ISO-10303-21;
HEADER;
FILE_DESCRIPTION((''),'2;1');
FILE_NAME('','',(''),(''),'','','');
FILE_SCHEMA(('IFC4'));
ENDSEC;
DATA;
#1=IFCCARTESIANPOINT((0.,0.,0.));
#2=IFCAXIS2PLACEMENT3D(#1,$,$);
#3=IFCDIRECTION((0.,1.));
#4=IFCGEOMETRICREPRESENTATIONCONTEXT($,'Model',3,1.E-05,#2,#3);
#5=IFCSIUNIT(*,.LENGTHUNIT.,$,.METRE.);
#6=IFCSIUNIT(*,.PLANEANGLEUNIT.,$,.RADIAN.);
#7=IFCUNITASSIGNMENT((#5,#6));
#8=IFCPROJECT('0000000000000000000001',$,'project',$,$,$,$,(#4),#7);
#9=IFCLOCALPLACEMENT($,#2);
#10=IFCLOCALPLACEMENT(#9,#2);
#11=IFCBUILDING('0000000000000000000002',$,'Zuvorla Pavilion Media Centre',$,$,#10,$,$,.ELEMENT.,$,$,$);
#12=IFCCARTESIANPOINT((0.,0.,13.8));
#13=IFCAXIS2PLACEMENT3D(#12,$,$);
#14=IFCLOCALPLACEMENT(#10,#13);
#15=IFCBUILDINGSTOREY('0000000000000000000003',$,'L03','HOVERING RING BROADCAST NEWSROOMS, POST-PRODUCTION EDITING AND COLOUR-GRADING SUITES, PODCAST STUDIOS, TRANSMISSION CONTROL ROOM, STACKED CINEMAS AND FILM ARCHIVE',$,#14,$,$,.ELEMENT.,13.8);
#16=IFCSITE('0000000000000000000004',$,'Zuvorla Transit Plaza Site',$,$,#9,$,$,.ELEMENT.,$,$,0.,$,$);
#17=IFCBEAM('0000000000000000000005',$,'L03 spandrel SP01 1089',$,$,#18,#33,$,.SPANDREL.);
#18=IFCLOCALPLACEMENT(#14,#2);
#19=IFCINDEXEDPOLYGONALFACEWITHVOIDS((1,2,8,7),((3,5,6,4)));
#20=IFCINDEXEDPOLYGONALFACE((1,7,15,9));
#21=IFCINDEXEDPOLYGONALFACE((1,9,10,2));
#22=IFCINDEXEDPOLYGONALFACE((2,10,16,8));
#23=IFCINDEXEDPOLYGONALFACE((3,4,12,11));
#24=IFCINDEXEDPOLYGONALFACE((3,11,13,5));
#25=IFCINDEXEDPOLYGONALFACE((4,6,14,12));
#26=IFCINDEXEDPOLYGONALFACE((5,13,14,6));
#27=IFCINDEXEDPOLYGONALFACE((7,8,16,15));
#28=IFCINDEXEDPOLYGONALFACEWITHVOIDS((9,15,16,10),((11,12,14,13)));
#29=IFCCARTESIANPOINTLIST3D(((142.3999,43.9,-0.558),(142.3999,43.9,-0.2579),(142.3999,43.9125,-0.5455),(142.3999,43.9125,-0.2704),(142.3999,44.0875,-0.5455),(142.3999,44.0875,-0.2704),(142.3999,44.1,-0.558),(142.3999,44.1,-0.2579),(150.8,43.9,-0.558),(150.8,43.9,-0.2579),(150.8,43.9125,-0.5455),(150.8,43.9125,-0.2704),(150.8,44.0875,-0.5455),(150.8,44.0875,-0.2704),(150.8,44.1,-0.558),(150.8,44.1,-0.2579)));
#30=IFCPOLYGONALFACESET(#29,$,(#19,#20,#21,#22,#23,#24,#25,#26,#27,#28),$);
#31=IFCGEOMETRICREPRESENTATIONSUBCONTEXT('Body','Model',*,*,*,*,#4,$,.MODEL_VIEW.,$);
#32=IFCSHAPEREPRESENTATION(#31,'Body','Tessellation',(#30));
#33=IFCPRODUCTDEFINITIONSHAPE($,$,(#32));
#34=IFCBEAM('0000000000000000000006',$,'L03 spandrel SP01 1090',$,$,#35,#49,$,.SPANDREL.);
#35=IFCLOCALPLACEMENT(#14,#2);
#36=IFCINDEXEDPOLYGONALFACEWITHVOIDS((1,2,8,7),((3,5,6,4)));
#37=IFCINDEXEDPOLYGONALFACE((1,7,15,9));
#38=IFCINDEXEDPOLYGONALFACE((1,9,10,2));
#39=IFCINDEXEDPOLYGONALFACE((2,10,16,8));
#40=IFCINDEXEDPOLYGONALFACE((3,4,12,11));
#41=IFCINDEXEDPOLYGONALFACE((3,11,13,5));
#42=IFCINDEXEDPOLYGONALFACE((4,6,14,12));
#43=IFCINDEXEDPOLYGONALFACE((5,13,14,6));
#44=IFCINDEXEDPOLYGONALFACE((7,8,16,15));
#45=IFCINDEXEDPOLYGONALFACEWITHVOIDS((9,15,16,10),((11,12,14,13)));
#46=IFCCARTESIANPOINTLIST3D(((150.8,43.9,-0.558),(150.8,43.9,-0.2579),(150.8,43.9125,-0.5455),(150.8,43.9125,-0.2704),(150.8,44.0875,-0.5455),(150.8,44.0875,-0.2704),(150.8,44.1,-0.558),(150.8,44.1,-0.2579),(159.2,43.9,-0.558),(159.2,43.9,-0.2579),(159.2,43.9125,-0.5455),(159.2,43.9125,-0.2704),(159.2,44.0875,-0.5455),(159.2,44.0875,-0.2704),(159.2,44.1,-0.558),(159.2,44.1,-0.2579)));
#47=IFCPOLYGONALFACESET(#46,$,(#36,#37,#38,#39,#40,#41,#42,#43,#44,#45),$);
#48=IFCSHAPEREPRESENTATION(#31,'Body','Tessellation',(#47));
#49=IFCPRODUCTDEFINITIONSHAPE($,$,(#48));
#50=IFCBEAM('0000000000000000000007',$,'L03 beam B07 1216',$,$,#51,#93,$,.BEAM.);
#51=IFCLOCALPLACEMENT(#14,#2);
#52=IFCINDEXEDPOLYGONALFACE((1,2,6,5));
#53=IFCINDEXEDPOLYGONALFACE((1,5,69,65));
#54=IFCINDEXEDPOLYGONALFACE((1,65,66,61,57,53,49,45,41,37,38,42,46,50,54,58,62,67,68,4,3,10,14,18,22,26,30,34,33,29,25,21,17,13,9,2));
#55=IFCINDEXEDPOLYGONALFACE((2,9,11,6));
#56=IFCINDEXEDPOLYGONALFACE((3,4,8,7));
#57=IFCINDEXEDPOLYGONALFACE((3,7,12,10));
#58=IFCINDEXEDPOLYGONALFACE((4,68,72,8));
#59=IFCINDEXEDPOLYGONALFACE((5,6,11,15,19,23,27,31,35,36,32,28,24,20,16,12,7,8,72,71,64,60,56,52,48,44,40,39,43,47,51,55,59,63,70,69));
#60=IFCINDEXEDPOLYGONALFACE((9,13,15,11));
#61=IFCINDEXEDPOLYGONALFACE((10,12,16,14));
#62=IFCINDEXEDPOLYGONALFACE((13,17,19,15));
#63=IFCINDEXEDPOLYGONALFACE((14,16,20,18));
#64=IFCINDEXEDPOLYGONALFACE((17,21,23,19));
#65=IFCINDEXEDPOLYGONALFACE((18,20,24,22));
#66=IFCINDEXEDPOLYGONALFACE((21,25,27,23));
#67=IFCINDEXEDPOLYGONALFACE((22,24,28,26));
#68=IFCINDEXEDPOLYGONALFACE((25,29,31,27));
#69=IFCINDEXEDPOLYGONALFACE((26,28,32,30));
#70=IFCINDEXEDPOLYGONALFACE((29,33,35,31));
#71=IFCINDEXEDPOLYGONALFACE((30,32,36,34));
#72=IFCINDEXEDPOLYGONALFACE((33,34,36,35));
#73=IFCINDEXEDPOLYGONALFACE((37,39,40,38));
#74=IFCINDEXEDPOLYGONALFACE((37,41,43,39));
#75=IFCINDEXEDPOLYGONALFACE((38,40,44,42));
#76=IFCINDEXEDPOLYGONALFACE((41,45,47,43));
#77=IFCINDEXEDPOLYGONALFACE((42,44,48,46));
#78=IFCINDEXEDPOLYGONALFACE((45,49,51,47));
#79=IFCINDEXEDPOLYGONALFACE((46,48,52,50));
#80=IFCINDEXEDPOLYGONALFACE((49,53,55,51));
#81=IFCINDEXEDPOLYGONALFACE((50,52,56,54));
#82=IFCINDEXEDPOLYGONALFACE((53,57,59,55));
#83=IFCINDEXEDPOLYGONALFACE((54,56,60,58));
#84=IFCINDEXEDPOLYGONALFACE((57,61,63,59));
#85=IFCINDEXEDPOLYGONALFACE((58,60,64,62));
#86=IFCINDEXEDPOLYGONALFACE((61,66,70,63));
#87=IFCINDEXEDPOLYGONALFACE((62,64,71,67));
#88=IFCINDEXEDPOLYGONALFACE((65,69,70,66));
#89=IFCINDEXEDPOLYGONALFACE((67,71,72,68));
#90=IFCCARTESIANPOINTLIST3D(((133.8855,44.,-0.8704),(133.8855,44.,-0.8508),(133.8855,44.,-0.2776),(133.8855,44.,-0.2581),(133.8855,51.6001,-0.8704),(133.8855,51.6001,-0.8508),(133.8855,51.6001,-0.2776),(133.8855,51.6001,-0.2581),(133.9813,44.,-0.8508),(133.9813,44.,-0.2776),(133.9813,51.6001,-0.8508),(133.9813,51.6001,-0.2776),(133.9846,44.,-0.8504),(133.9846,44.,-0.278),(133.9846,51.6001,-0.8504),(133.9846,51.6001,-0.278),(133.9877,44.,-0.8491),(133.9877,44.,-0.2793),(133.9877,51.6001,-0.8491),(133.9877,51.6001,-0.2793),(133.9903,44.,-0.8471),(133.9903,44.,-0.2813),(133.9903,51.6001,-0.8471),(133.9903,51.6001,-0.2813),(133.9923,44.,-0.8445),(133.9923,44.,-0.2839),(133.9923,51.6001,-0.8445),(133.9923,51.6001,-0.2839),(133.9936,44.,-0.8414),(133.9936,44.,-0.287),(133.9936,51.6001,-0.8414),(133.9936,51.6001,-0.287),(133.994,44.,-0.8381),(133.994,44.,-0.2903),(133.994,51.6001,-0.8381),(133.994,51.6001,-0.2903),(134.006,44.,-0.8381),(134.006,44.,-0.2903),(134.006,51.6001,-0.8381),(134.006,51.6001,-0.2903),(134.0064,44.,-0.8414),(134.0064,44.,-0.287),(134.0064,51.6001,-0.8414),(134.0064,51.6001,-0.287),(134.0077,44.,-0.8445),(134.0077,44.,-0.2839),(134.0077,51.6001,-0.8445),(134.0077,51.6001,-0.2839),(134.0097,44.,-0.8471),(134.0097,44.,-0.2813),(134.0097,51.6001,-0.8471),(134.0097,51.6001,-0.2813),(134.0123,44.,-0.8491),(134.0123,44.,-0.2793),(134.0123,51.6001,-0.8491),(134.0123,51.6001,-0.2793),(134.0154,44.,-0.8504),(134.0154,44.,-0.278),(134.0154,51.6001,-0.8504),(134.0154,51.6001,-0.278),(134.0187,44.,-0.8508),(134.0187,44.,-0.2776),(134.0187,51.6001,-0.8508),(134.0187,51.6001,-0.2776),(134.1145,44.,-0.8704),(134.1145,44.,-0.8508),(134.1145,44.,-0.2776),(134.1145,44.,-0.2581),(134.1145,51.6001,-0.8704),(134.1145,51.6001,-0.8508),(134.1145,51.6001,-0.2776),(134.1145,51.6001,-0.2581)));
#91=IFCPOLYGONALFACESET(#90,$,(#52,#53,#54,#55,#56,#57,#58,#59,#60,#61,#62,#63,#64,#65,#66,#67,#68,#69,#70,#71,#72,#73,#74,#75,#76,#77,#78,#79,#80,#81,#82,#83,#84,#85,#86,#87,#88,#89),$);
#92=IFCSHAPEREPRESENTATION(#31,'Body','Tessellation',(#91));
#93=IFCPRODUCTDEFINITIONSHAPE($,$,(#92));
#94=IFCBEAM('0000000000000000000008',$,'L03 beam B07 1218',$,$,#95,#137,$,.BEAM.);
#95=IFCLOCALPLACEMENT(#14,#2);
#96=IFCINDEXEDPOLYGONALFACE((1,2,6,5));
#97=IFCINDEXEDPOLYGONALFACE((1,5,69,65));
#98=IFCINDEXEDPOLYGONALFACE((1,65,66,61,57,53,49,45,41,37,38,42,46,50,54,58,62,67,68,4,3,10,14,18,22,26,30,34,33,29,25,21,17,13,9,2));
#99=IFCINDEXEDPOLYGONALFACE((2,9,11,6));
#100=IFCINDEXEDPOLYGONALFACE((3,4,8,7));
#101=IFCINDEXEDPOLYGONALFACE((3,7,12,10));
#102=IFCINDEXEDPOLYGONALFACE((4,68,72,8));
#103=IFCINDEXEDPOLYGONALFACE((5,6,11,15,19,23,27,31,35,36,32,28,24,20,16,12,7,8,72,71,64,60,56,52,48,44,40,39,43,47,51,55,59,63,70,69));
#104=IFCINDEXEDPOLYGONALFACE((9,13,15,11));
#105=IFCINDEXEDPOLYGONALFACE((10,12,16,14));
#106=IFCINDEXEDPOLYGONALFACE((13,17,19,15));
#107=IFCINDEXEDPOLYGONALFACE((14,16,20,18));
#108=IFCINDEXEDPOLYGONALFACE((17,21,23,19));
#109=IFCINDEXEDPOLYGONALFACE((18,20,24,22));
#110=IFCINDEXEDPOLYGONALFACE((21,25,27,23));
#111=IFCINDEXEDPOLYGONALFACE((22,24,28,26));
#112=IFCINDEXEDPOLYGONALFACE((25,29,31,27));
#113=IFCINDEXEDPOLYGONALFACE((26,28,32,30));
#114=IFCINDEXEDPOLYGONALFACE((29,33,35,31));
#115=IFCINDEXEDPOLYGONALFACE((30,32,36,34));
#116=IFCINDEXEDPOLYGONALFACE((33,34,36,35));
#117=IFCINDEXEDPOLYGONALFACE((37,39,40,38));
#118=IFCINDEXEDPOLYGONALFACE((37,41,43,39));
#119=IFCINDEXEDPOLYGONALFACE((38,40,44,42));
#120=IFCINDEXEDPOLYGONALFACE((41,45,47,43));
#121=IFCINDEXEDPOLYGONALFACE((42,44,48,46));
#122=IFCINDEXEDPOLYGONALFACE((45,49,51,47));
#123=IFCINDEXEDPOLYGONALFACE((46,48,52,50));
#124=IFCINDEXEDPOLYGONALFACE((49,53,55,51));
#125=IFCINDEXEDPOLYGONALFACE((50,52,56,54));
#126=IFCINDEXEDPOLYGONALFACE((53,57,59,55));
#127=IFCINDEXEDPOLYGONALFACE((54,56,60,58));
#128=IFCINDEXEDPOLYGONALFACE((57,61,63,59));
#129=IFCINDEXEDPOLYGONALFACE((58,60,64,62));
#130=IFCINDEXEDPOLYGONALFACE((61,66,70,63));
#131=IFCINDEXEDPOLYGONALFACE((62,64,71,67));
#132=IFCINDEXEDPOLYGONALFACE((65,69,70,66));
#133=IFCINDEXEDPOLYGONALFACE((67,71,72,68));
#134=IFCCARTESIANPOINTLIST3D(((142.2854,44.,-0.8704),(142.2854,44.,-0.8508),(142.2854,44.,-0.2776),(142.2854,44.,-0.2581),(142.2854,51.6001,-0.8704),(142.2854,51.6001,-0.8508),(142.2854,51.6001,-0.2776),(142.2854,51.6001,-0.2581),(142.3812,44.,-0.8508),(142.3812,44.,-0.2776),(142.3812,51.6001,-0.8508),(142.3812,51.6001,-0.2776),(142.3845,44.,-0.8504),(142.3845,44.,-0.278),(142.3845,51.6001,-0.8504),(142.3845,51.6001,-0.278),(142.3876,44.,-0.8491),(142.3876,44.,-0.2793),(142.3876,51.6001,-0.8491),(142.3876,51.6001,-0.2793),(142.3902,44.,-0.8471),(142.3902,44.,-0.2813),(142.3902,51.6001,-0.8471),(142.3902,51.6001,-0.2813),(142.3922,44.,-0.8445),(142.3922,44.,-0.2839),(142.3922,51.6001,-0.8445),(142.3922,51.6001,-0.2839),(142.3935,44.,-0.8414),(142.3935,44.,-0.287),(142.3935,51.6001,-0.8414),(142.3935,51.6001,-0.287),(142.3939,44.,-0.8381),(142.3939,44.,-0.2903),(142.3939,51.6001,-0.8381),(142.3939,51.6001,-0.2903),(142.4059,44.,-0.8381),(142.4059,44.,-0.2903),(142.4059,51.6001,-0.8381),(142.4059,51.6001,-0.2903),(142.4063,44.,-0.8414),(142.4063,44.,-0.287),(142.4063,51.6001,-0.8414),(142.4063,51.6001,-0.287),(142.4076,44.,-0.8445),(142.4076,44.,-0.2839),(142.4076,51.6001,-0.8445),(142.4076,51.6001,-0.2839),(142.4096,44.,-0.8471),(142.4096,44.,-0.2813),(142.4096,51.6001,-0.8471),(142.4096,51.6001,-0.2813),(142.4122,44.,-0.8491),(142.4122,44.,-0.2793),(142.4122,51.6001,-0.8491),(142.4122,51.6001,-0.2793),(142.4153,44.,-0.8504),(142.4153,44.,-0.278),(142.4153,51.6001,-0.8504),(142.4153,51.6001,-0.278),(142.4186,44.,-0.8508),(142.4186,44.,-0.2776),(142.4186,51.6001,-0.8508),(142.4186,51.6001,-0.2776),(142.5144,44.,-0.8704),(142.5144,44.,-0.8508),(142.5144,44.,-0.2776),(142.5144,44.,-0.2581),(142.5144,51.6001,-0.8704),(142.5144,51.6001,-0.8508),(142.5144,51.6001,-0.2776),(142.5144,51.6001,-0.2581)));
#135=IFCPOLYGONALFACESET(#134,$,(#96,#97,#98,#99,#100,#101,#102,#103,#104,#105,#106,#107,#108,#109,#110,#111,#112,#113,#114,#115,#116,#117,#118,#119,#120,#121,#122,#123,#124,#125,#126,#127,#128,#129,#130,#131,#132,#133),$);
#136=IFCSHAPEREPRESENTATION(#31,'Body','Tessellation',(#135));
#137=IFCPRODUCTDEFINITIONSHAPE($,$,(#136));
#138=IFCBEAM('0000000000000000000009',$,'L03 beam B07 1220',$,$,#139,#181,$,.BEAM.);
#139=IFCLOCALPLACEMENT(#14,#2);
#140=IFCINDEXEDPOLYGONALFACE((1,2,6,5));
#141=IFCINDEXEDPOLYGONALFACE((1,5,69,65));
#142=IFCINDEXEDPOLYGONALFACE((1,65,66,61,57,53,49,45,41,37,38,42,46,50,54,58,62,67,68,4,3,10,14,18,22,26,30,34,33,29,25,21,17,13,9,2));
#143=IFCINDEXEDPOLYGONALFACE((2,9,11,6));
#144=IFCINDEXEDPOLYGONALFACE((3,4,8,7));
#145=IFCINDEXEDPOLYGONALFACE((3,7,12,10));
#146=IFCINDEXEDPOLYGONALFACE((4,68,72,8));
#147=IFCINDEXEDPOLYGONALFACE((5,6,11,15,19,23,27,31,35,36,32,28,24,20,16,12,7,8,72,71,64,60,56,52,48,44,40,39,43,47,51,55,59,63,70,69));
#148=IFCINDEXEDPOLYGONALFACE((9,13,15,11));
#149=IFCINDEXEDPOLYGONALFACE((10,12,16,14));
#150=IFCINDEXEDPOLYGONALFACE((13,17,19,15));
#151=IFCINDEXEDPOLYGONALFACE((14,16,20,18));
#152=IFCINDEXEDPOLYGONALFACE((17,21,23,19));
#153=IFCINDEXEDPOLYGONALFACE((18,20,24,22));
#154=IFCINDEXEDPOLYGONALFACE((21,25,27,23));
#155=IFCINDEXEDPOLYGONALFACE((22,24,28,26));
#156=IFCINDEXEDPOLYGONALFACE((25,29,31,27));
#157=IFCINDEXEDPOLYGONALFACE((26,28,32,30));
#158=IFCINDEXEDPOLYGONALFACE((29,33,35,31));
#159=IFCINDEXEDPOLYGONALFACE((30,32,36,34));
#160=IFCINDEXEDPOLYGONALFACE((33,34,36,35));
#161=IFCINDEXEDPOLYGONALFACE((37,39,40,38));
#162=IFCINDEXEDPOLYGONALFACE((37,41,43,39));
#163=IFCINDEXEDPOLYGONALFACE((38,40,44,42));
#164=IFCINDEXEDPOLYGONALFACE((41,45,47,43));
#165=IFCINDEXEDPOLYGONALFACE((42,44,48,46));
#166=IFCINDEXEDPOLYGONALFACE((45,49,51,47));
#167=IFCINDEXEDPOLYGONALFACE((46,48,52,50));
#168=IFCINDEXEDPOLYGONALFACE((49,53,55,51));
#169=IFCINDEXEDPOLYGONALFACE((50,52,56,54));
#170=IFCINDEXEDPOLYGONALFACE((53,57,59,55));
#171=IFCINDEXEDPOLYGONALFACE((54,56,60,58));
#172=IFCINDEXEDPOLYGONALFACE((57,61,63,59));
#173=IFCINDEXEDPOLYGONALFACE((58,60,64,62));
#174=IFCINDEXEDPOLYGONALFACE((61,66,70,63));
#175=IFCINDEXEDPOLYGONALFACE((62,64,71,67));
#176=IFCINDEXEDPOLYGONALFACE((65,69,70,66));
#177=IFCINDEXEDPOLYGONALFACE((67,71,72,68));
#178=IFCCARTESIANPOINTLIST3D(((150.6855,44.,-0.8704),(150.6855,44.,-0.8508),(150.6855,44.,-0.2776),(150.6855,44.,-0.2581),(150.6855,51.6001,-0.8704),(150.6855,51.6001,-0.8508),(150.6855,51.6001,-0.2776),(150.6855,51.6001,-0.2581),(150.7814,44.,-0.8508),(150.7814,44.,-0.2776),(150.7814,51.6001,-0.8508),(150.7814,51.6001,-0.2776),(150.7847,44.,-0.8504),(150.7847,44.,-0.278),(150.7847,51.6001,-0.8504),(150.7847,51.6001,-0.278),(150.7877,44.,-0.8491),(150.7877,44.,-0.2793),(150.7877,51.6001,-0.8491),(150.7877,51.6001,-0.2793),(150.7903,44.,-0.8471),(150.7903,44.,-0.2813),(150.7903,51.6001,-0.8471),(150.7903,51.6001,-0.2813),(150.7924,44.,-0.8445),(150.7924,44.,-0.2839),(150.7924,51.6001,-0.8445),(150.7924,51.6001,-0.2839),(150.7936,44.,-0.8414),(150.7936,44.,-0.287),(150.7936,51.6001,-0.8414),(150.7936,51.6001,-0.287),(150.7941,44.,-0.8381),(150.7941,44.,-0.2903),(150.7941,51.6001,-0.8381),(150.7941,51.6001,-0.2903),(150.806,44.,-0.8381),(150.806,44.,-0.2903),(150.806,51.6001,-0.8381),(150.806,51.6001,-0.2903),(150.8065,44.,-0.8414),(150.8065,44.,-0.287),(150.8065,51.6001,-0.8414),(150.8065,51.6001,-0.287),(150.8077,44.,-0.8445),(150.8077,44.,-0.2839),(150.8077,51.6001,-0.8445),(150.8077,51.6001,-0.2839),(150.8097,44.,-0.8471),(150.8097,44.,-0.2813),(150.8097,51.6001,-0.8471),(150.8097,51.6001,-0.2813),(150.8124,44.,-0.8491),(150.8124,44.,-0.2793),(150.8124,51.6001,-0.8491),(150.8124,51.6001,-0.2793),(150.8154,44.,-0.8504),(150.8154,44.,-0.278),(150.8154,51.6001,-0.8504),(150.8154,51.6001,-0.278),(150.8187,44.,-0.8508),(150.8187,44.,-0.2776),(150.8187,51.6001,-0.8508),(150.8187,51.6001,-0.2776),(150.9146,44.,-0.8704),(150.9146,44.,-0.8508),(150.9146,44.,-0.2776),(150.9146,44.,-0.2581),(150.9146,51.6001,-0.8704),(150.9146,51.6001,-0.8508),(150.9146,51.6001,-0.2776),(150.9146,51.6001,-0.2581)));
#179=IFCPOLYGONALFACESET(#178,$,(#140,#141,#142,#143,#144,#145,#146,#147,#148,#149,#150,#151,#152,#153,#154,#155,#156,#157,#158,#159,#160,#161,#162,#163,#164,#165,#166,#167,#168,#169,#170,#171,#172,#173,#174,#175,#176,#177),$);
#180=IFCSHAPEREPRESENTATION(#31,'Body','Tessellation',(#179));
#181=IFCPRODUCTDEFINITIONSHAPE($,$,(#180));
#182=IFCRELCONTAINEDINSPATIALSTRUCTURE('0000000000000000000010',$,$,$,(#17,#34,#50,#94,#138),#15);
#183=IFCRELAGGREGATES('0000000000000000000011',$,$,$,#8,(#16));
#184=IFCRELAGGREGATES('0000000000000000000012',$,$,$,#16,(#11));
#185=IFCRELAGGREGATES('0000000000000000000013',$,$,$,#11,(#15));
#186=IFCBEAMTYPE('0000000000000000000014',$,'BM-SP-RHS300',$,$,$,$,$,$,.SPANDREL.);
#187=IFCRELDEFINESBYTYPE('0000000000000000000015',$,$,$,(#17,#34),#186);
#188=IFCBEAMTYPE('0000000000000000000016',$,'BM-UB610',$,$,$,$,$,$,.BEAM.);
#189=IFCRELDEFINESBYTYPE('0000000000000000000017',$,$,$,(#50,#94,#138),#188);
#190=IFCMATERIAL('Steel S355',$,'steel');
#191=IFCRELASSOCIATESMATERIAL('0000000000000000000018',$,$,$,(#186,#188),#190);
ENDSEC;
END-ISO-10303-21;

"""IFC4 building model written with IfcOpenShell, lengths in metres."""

from ifc_helpers import new_model, si_unit, direction, frame, origin, origin_2d, place, context, subcontext, project, spatial, hollow_rectangle, i_section, extrude, material, material_profile, profile_set, type_object, element, save


model = new_model("IFC4")

# Units and contexts
model_context = context("Model", 3, precision=1e-05, world=origin(), true_north=direction((0.0, 1.0)))
body_context = subcontext(model_context, "Body", "Model", "MODEL_VIEW")
ifc_project = project(units=[si_unit("LENGTHUNIT", "METRE"), si_unit("PLANEANGLEUNIT", "RADIAN")], contexts=[model_context])

# Site, building, storey
site_placement = place(None, origin())
site = spatial("IfcSite", under=ifc_project, at=site_placement, Name="Zuvorla Transit Plaza Site", CompositionType="ELEMENT", RefElevation=0.0)
building_placement = place(site_placement, origin())
building = spatial("IfcBuilding", under=site, at=building_placement, Name="Zuvorla Pavilion Media Centre", CompositionType="ELEMENT")
storey_placement = place(building_placement, frame((0.0, 0.0, 13.8)))
storey = spatial("IfcBuildingStorey", under=building, at=storey_placement, Name="L03", Description="HOVERING RING BROADCAST NEWSROOMS, POST-PRODUCTION EDITING AND COLOUR-GRADING SUITES, PODCAST STUDIOS, TRANSMISSION CONTROL ROOM, STACKED CINEMAS AND FILM ARCHIVE", CompositionType="ELEMENT", Elevation=13.8)

# Shared definitions
ifc_material_1 = material(Name="Steel S355", Category="steel")

# Beams
ifc_material_profile_1 = material_profile(ifc_material_1, hollow_rectangle(XDim=0.2, YDim=0.3, WallThickness=0.0125, at=origin_2d()), Name="RHS 300x200x12.5")
ifc_profile_set_1 = profile_set([ifc_material_profile_1], Name="Steel S355")
beam_type_1 = type_object("IfcBeamType", Name="BM-SP-RHS300", PredefinedType="SPANDREL", material=ifc_profile_set_1)
beam_1_placement = place(storey_placement, frame((142.3999, 44.0, -0.408), z_axis=(1.0, 0.0, 0.0), x_axis=(0.0, 1.0, 0.0)))
element("IfcBeam", 1, at=beam_1_placement, inside=storey, type_object=beam_type_1, Name="L03 spandrel SP01 1089", PredefinedType="SPANDREL", context=body_context, shape_type="SweptSolid", body=[
    extrude(hollow_rectangle(XDim=0.2, YDim=0.3, WallThickness=0.0125, at=origin_2d()), origin(), (0.0, 0.0, 1.0), 8.4001),
])
beam_2_placement = place(storey_placement, frame((150.8, 44.0, -0.408), z_axis=(1.0, 0.0, 0.0), x_axis=(0.0, 1.0, 0.0)))
element("IfcBeam", 2, at=beam_2_placement, inside=storey, type_object=beam_type_1, Name="L03 spandrel SP01 1090", PredefinedType="SPANDREL", context=body_context, shape_type="SweptSolid", body=[
    extrude(hollow_rectangle(XDim=0.2, YDim=0.3, WallThickness=0.0125, at=origin_2d()), origin(), (0.0, 0.0, 1.0), 8.3999),
])
ifc_material_profile_2 = material_profile(ifc_material_1, i_section(OverallWidth=0.229, OverallDepth=0.6123, WebThickness=0.012, FlangeThickness=0.0195, FilletRadius=0.0127, at=origin_2d()), Name="UB 610x229x125")
ifc_profile_set_2 = profile_set([ifc_material_profile_2], Name="Steel S355")
beam_type_2 = type_object("IfcBeamType", Name="BM-UB610", PredefinedType="BEAM", material=ifc_profile_set_2)
for number, where, z_axis, x_axis, name in (
    (3, (134.0, 44.0, -0.5642), (0.0, 1.0, 0.0), (-1.0, 0.0, 0.0), "L03 beam B07 1216"),
    (4, (142.3999, 44.0, -0.5642), (0.0, 1.0, 0.0), (-1.0, 0.0, 0.0), "L03 beam B07 1218"),
    (5, (150.8, 44.0, -0.5642), (0.0, 1.0, 0.0), (-1.0, 0.0, 0.0), "L03 beam B07 1220"),
):
    element("IfcBeam", number, at=place(storey_placement, frame(where, z_axis=z_axis, x_axis=x_axis)), inside=storey, type_object=beam_type_2, Name=name, PredefinedType="BEAM", context=body_context, shape_type="SweptSolid", body=[
        extrude(i_section(OverallWidth=0.229, OverallDepth=0.6123, WebThickness=0.012, FlangeThickness=0.0195, FilletRadius=0.0127, at=origin_2d()), origin(), (0.0, 0.0, 1.0), 7.6001),
    ])

save(model, "model.ifc")
